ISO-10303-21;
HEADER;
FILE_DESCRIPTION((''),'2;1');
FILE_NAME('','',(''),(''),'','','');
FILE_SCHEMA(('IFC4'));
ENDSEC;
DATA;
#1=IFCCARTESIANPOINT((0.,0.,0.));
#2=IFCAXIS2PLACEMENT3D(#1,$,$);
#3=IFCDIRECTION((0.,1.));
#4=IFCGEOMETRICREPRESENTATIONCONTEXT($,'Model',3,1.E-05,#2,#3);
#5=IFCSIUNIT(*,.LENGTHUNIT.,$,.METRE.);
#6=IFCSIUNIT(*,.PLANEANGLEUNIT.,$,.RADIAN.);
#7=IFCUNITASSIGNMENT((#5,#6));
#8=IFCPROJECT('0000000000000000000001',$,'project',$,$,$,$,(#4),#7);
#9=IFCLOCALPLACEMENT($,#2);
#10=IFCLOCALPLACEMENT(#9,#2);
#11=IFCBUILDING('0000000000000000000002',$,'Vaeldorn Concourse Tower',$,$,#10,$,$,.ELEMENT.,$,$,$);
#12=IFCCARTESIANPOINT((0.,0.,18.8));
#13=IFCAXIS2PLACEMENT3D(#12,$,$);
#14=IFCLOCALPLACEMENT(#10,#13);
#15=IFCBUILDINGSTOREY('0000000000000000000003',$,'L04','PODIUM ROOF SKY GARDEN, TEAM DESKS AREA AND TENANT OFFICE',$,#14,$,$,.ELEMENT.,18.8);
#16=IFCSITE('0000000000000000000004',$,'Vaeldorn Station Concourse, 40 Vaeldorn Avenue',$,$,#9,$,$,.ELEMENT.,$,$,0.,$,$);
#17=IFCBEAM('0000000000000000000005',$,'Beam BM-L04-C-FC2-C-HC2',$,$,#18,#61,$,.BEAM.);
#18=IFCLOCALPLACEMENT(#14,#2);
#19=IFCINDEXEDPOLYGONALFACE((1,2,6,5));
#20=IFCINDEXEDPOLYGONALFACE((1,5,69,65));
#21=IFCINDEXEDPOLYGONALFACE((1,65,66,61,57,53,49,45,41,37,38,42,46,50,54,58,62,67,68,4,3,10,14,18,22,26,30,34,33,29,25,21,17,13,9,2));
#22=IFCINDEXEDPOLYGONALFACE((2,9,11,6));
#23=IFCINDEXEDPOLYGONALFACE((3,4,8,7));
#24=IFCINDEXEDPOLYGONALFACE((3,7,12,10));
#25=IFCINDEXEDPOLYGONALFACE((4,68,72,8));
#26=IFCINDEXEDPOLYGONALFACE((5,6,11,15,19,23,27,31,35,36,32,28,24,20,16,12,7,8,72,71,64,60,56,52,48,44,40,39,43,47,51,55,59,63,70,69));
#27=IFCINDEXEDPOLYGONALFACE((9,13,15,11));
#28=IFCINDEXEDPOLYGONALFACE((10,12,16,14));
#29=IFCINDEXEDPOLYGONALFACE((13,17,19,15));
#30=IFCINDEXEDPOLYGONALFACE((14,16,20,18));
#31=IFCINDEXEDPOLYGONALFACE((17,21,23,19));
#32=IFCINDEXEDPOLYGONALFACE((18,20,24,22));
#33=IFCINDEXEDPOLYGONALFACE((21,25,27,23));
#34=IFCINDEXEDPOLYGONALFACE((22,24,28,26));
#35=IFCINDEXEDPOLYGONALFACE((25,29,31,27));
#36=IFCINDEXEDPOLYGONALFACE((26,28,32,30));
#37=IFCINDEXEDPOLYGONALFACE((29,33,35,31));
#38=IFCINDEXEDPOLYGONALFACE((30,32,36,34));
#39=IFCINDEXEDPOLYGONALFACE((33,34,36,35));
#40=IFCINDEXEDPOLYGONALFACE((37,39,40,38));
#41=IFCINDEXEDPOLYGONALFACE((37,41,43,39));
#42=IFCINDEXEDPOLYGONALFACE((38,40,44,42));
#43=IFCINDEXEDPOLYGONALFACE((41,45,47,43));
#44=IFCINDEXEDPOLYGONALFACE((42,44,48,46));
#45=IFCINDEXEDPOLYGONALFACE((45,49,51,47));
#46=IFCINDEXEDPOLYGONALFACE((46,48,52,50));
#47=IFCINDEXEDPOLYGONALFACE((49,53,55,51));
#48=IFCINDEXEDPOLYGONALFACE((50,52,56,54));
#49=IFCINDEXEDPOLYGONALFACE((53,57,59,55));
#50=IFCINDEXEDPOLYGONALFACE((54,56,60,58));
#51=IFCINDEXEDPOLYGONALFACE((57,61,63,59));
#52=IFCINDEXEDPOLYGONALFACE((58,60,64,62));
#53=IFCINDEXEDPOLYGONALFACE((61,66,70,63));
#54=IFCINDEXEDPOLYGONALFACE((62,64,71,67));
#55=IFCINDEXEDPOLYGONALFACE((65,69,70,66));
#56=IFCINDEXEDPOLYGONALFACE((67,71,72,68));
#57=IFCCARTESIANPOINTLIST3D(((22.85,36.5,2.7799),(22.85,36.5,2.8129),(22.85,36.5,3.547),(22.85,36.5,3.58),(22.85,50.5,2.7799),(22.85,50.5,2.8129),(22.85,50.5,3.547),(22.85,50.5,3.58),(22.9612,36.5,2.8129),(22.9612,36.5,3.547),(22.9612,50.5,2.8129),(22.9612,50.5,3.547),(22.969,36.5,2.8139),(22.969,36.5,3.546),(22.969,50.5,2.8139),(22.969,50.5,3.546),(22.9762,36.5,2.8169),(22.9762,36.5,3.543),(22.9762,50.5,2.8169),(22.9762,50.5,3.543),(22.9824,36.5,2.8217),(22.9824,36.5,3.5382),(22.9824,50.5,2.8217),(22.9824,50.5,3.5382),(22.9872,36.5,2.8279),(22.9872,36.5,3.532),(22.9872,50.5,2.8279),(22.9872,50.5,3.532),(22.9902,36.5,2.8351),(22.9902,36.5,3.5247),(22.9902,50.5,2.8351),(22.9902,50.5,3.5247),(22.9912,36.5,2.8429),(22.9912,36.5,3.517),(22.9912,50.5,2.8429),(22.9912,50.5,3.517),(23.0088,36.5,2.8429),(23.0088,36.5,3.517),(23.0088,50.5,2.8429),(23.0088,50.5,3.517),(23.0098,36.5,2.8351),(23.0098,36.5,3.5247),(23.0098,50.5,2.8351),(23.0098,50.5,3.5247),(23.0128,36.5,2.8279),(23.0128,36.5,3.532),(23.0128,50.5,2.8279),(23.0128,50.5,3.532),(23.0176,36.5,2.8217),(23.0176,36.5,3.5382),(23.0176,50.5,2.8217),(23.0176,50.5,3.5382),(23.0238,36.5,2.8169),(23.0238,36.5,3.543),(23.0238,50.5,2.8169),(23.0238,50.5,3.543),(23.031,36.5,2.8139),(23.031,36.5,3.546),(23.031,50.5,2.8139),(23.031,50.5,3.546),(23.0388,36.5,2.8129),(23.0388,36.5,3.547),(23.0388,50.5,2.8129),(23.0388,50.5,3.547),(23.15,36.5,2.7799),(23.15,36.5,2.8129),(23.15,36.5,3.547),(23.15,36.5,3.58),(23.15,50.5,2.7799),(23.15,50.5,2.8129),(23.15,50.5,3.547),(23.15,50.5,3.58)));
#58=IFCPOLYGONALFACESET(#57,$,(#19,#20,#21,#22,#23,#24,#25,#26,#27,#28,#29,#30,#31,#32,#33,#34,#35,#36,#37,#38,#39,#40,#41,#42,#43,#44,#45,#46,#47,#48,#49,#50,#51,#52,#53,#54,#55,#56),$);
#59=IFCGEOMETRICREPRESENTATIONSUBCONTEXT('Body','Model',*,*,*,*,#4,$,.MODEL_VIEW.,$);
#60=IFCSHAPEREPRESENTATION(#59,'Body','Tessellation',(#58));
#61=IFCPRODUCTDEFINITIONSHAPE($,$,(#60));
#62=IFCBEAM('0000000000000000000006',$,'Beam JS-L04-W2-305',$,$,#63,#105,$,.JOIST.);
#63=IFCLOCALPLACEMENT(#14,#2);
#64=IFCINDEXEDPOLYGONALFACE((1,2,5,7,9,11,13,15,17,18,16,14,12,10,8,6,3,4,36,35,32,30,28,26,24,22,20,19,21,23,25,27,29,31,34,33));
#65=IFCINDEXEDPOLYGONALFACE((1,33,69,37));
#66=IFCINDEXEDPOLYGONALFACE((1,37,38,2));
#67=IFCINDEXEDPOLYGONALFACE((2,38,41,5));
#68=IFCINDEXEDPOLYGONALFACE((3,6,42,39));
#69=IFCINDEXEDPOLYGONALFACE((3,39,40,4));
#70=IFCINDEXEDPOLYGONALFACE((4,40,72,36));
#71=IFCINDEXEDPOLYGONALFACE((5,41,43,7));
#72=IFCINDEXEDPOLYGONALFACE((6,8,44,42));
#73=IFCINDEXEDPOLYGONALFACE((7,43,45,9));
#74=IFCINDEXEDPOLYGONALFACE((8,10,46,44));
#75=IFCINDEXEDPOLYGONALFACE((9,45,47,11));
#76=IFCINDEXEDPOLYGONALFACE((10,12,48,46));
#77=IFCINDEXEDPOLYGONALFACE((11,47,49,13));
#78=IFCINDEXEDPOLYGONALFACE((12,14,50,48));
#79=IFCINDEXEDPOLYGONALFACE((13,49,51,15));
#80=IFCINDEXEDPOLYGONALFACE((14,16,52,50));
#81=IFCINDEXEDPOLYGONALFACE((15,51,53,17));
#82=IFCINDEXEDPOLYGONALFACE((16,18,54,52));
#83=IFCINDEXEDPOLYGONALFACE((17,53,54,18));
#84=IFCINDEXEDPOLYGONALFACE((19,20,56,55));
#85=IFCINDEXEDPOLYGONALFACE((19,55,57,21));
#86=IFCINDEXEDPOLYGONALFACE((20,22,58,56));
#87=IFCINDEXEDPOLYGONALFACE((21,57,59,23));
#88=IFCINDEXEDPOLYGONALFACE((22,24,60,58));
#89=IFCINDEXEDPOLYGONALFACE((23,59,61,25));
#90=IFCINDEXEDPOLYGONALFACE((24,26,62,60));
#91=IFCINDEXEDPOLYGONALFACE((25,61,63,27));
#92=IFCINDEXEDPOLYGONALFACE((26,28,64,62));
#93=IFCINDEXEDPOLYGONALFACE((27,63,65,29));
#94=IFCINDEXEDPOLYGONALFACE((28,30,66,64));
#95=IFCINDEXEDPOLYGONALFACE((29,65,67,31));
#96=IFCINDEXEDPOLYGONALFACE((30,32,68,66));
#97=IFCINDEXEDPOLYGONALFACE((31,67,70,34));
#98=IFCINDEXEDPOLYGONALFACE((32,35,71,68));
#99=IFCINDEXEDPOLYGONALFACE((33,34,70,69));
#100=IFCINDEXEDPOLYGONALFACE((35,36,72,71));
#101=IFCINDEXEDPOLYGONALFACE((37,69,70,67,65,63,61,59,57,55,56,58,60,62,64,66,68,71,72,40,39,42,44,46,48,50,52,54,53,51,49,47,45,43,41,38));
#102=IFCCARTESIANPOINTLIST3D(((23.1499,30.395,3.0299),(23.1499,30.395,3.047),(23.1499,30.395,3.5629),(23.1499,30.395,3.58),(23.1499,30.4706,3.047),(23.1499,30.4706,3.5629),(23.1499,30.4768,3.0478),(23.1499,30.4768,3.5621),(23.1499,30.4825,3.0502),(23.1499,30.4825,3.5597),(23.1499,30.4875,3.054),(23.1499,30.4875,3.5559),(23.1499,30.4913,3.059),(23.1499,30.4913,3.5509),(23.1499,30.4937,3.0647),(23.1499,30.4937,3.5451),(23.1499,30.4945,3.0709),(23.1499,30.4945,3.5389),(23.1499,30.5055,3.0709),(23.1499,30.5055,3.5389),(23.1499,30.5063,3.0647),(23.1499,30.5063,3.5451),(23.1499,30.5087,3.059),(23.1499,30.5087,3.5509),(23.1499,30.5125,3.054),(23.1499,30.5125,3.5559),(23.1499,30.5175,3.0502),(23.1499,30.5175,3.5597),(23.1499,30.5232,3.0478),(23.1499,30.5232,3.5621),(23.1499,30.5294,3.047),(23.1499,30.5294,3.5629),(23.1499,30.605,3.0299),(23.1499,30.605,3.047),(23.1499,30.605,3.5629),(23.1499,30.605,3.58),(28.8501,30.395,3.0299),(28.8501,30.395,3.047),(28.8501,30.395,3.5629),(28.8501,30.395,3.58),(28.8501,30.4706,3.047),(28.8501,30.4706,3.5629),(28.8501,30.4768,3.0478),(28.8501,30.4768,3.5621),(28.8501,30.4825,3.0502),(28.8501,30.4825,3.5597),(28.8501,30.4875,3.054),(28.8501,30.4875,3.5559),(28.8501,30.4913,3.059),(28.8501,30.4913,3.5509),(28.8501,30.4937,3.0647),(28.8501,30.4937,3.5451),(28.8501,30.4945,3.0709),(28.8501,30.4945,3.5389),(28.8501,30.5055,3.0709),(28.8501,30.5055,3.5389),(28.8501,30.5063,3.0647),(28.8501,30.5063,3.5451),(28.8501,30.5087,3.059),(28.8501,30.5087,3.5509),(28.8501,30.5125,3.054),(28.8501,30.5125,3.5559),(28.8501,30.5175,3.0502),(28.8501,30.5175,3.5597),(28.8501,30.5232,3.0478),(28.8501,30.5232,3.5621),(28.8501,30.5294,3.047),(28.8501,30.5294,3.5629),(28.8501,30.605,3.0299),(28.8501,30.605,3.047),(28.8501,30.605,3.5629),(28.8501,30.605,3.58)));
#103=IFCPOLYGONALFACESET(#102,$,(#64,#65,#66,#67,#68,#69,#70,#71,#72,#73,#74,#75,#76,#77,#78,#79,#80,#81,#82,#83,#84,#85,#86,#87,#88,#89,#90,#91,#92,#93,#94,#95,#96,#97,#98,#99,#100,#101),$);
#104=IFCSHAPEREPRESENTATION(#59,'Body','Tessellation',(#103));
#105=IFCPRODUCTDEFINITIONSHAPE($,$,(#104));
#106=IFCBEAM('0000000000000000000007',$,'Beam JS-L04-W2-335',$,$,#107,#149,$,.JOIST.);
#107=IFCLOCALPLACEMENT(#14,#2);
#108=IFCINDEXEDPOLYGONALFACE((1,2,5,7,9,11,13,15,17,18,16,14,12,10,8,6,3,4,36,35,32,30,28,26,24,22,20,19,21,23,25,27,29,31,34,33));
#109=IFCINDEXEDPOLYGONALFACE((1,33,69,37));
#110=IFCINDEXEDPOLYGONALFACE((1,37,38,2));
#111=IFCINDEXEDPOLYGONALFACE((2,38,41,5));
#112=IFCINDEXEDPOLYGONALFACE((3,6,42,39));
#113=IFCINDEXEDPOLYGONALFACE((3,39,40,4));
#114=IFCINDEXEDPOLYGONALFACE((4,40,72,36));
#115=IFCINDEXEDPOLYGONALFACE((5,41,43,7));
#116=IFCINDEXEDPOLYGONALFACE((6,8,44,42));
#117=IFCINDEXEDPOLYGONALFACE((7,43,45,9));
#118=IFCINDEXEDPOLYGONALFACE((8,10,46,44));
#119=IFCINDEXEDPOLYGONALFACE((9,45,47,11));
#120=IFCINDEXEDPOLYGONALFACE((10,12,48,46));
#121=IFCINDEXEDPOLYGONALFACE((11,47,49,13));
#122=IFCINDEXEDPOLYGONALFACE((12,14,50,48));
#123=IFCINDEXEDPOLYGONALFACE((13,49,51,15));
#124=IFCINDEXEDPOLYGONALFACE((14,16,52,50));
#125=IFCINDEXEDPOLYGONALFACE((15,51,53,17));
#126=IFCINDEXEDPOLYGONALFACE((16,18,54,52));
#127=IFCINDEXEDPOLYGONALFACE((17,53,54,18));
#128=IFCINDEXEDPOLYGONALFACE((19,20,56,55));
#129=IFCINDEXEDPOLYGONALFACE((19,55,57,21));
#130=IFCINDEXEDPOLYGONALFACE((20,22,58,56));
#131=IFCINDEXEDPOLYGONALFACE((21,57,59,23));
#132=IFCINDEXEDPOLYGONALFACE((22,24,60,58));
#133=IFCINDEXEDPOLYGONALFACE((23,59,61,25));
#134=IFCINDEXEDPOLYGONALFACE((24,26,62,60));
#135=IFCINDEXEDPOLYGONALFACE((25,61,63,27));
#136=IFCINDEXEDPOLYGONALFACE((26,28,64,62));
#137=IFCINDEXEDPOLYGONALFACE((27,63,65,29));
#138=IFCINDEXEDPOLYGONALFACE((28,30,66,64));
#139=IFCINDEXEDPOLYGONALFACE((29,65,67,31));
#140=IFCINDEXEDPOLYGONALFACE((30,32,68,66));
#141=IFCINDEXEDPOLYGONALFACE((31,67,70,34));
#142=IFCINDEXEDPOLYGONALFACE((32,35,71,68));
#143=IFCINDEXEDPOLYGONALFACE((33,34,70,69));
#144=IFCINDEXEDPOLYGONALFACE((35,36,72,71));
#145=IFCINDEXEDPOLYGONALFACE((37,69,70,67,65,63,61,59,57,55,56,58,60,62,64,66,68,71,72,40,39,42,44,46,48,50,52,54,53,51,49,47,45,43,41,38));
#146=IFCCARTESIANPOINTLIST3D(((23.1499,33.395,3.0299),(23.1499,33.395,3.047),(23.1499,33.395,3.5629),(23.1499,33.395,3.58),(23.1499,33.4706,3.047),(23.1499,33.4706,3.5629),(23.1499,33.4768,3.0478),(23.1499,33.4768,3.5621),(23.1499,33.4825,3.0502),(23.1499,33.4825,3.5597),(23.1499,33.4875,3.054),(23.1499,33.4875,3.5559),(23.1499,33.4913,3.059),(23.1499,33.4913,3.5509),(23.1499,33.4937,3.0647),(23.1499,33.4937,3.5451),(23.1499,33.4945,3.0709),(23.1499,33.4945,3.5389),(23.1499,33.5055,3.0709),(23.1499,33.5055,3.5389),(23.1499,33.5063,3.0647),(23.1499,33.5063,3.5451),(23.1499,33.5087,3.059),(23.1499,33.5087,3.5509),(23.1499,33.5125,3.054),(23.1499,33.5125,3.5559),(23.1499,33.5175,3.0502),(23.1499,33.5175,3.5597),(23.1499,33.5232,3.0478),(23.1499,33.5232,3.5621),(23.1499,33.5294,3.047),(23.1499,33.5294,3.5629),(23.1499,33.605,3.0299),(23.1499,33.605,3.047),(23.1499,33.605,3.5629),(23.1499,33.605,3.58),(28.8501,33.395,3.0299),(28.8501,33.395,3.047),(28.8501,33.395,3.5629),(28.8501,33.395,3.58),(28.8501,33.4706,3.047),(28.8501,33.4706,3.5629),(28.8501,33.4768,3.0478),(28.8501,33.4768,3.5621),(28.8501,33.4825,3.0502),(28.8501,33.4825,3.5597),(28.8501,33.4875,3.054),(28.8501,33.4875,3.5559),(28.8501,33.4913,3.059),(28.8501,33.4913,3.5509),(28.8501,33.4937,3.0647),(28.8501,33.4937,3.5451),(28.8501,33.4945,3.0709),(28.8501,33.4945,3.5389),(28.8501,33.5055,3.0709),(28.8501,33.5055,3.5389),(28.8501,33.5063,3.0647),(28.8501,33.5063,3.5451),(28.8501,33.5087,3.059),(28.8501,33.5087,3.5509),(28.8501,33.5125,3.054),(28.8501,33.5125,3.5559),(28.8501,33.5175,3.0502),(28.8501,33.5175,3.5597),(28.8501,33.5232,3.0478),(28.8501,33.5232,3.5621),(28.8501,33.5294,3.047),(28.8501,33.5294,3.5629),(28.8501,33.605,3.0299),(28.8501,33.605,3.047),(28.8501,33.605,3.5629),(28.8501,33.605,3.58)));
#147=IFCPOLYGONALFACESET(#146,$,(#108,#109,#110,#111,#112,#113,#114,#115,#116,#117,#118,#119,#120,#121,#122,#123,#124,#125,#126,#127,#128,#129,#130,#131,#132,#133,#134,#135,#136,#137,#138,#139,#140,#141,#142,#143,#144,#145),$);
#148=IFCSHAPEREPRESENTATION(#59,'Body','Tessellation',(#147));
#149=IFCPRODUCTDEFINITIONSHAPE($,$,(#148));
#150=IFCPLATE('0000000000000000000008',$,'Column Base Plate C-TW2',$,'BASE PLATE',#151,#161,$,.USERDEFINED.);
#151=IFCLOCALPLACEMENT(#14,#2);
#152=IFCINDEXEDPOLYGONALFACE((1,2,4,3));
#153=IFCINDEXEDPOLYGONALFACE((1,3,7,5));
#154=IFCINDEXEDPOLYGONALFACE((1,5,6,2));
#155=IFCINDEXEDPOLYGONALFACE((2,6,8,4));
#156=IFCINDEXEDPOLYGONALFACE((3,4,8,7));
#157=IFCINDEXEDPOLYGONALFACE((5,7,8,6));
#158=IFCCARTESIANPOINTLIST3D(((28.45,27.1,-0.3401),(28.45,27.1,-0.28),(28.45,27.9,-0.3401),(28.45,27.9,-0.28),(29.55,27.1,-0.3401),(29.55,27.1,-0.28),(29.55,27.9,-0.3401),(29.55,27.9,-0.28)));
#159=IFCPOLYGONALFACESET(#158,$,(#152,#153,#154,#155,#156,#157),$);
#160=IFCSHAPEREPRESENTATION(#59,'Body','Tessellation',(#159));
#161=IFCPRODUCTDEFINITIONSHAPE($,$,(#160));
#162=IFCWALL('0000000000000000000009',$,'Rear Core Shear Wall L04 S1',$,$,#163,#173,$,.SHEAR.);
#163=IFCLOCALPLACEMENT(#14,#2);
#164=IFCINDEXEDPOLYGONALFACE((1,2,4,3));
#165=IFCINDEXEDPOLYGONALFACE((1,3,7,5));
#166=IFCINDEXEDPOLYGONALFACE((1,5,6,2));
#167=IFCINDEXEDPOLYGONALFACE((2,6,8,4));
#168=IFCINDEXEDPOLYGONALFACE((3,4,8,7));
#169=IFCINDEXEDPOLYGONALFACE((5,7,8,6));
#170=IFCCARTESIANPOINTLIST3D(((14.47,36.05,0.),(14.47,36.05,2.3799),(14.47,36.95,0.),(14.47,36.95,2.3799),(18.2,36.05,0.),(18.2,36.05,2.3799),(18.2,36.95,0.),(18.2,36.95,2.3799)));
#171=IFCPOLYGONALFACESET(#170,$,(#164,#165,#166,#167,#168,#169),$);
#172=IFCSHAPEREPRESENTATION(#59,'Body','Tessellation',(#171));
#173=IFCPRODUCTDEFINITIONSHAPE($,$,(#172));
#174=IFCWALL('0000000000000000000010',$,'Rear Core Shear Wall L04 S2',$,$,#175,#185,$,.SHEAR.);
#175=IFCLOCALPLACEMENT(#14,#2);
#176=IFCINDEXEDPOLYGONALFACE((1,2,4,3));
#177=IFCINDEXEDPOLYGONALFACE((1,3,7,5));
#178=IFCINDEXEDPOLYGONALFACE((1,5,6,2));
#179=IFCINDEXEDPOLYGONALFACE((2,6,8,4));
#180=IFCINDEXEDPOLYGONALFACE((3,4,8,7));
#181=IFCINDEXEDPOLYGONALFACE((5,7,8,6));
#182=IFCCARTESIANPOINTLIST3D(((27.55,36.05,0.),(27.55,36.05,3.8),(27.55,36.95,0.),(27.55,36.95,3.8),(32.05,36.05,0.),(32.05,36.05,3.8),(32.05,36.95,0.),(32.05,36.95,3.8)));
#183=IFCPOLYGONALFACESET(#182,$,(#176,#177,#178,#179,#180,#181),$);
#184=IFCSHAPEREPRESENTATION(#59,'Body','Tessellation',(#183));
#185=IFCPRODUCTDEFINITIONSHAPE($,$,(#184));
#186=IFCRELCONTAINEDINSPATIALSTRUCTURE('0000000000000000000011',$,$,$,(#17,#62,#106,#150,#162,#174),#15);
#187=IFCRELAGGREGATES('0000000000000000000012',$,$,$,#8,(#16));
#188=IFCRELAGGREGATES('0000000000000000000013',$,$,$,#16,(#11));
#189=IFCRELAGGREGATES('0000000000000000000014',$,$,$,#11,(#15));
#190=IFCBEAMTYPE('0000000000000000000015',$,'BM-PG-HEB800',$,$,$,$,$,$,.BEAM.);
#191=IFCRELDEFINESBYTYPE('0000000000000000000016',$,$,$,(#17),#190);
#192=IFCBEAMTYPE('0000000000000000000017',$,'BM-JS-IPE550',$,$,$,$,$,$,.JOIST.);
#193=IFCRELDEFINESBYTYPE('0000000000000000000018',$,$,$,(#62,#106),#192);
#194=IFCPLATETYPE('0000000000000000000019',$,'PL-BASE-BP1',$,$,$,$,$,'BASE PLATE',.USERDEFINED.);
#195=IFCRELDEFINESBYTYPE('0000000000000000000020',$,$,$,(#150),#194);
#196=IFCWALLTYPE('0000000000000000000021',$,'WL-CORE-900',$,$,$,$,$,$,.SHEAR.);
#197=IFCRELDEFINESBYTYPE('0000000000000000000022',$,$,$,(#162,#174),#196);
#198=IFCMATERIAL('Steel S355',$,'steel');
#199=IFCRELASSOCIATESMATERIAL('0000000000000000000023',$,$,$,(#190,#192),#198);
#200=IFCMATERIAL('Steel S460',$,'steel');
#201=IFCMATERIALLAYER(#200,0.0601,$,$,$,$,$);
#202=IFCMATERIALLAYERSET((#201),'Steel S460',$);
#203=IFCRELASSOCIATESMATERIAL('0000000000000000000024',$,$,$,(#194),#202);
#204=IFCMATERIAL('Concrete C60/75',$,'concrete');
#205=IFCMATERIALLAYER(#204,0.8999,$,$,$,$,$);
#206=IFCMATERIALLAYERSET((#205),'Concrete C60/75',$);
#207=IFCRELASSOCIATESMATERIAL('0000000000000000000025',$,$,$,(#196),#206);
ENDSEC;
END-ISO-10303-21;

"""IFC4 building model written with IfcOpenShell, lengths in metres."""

from ifc_helpers import new_model, si_unit, direction, frame, frame_2d, origin, origin_2d, place, context, subcontext, project, spatial, rectangle, i_section, extrude, source, transform, mapped, material, layer, layer_set, material_profile, profile_set, type_object, element, save


model = new_model("IFC4")

# Units and contexts
model_context = context("Model", 3, precision=1e-05, world=origin(), true_north=direction((0.0, 1.0)))
body_context = subcontext(model_context, "Body", "Model", "MODEL_VIEW")
ifc_project = project(units=[si_unit("LENGTHUNIT", "METRE"), si_unit("PLANEANGLEUNIT", "RADIAN")], contexts=[model_context])

# Site, building, storey
site_placement = place(None, origin())
site = spatial("IfcSite", under=ifc_project, at=site_placement, Name="Vaeldorn Station Concourse, 40 Vaeldorn Avenue", CompositionType="ELEMENT", RefElevation=0.0)
building_placement = place(site_placement, origin())
building = spatial("IfcBuilding", under=site, at=building_placement, Name="Vaeldorn Concourse Tower", CompositionType="ELEMENT")
storey_placement = place(building_placement, frame((0.0, 0.0, 18.8)))
storey = spatial("IfcBuildingStorey", under=building, at=storey_placement, Name="L04", Description="PODIUM ROOF SKY GARDEN, TEAM DESKS AREA AND TENANT OFFICE", CompositionType="ELEMENT", Elevation=18.8)

# Shared definitions
ifc_material_1 = material(Name="Steel S460", Category="steel")

# Beams
ifc_material_2 = material(Name="Steel S355", Category="steel")
ifc_material_profile_1 = material_profile(ifc_material_2, i_section(OverallWidth=0.3, OverallDepth=0.8, WebThickness=0.0176, FlangeThickness=0.033, FilletRadius=0.03, at=origin_2d()), Name="HEB 800")
ifc_profile_set_1 = profile_set([ifc_material_profile_1], Name="Steel S355")
beam_type_1 = type_object("IfcBeamType", Name="BM-PG-HEB800", PredefinedType="BEAM", material=ifc_profile_set_1)
shared_shape_1 = source(origin(), body_context, "Body", "SweptSolid", [
    extrude(i_section(OverallWidth=0.3, OverallDepth=0.8, WebThickness=0.0176, FlangeThickness=0.033, FilletRadius=0.03, at=origin_2d()), origin(), (0.0, 0.0, 1.0), 14.0),
])
beam_1_placement = place(storey_placement, frame((23.0, 36.5, 3.1799), z_axis=(0.0, 1.0, 0.0), x_axis=(-1.0, 0.0, 0.0)))
element("IfcBeam", 1, at=beam_1_placement, inside=storey, type_object=beam_type_1, Name="Beam BM-L04-C-FC2-C-HC2", PredefinedType="BEAM", context=body_context, shape_type="MappedRepresentation", body=[
    mapped(shared_shape_1, transform((0.0, 0.0, 0.0), scale=1.0)),
])
ifc_material_profile_2 = material_profile(ifc_material_2, i_section(OverallWidth=0.21, OverallDepth=0.55, WebThickness=0.011, FlangeThickness=0.0171, FilletRadius=0.0239, at=origin_2d()), Name="IPE 550")
ifc_profile_set_2 = profile_set([ifc_material_profile_2], Name="Steel S355")
beam_type_2 = type_object("IfcBeamType", Name="BM-JS-IPE550", PredefinedType="JOIST", material=ifc_profile_set_2)
shared_shape_2 = source(origin(), body_context, "Body", "SweptSolid", [
    extrude(i_section(OverallWidth=0.21, OverallDepth=0.55, WebThickness=0.011, FlangeThickness=0.0171, FilletRadius=0.0239, at=origin_2d()), origin(), (0.0, 0.0, 1.0), 5.7002),
])
for number, where, z_axis, x_axis, name in (
    (2, (23.1499, 30.5, 3.3049), (1.0, 0.0, 0.0), (0.0, 1.0, 0.0), "Beam JS-L04-W2-305"),
    (3, (23.1499, 33.5, 3.3049), (1.0, 0.0, 0.0), (0.0, 1.0, 0.0), "Beam JS-L04-W2-335"),
):
    element("IfcBeam", number, at=place(storey_placement, frame(where, z_axis=z_axis, x_axis=x_axis)), inside=storey, type_object=beam_type_2, Name=name, PredefinedType="JOIST", context=body_context, shape_type="MappedRepresentation", body=[
        mapped(shared_shape_2, transform((0.0, 0.0, 0.0), scale=1.0)),
    ])

# Plate
ifc_layer_1 = layer(ifc_material_1, 0.0601)
ifc_layer_set_1 = layer_set([ifc_layer_1], Name="Steel S460")
plate_type = type_object("IfcPlateType", Name="PL-BASE-BP1", ElementType="BASE PLATE", PredefinedType="USERDEFINED", material=ifc_layer_set_1)
shared_shape_3 = source(origin(), body_context, "Body", "SweptSolid", [
    extrude(rectangle(XDim=1.1001, YDim=0.8, at=origin_2d()), origin(), (0.0, 0.0, 1.0), 0.0601),
])
plate_placement = place(storey_placement, frame((29.0, 27.5, -0.3401), z_axis=(0.0, 0.0, 1.0), x_axis=(1.0, 0.0, 0.0)))
element("IfcPlate", 4, at=plate_placement, inside=storey, type_object=plate_type, Name="Column Base Plate C-TW2", ObjectType="BASE PLATE", PredefinedType="USERDEFINED", context=body_context, shape_type="MappedRepresentation", body=[
    mapped(shared_shape_3, transform((0.0, 0.0, 0.0), scale=1.0)),
])

# Walls
ifc_material_3 = material(Name="Concrete C60/75", Category="concrete")
ifc_layer_2 = layer(ifc_material_3, 0.8999)
ifc_layer_set_2 = layer_set([ifc_layer_2], Name="Concrete C60/75")
wall_type_1 = type_object("IfcWallType", Name="WL-CORE-900", PredefinedType="SHEAR", material=ifc_layer_set_2)
wall_1_placement = place(storey_placement, frame((14.47, 36.5, 0.0), z_axis=(0.0, 0.0, 1.0), x_axis=(1.0, 0.0, 0.0)))
element("IfcWall", 5, at=wall_1_placement, inside=storey, type_object=wall_type_1, Name="Rear Core Shear Wall L04 S1", PredefinedType="SHEAR", context=body_context, shape_type="SweptSolid", body=[
    extrude(rectangle(XDim=3.73, YDim=0.8999, at=frame_2d((1.865, 0.0))), origin(), (0.0, 0.0, 1.0), 2.3799),
])
wall_2_placement = place(storey_placement, frame((27.55, 36.5, 0.0), z_axis=(0.0, 0.0, 1.0), x_axis=(1.0, 0.0, 0.0)))
element("IfcWall", 6, at=wall_2_placement, inside=storey, type_object=wall_type_1, Name="Rear Core Shear Wall L04 S2", PredefinedType="SHEAR", context=body_context, shape_type="SweptSolid", body=[
    extrude(rectangle(XDim=4.5, YDim=0.8999, at=frame_2d((2.25, 0.0))), origin(), (0.0, 0.0, 1.0), 3.8),
])

save(model, "model.ifc")
